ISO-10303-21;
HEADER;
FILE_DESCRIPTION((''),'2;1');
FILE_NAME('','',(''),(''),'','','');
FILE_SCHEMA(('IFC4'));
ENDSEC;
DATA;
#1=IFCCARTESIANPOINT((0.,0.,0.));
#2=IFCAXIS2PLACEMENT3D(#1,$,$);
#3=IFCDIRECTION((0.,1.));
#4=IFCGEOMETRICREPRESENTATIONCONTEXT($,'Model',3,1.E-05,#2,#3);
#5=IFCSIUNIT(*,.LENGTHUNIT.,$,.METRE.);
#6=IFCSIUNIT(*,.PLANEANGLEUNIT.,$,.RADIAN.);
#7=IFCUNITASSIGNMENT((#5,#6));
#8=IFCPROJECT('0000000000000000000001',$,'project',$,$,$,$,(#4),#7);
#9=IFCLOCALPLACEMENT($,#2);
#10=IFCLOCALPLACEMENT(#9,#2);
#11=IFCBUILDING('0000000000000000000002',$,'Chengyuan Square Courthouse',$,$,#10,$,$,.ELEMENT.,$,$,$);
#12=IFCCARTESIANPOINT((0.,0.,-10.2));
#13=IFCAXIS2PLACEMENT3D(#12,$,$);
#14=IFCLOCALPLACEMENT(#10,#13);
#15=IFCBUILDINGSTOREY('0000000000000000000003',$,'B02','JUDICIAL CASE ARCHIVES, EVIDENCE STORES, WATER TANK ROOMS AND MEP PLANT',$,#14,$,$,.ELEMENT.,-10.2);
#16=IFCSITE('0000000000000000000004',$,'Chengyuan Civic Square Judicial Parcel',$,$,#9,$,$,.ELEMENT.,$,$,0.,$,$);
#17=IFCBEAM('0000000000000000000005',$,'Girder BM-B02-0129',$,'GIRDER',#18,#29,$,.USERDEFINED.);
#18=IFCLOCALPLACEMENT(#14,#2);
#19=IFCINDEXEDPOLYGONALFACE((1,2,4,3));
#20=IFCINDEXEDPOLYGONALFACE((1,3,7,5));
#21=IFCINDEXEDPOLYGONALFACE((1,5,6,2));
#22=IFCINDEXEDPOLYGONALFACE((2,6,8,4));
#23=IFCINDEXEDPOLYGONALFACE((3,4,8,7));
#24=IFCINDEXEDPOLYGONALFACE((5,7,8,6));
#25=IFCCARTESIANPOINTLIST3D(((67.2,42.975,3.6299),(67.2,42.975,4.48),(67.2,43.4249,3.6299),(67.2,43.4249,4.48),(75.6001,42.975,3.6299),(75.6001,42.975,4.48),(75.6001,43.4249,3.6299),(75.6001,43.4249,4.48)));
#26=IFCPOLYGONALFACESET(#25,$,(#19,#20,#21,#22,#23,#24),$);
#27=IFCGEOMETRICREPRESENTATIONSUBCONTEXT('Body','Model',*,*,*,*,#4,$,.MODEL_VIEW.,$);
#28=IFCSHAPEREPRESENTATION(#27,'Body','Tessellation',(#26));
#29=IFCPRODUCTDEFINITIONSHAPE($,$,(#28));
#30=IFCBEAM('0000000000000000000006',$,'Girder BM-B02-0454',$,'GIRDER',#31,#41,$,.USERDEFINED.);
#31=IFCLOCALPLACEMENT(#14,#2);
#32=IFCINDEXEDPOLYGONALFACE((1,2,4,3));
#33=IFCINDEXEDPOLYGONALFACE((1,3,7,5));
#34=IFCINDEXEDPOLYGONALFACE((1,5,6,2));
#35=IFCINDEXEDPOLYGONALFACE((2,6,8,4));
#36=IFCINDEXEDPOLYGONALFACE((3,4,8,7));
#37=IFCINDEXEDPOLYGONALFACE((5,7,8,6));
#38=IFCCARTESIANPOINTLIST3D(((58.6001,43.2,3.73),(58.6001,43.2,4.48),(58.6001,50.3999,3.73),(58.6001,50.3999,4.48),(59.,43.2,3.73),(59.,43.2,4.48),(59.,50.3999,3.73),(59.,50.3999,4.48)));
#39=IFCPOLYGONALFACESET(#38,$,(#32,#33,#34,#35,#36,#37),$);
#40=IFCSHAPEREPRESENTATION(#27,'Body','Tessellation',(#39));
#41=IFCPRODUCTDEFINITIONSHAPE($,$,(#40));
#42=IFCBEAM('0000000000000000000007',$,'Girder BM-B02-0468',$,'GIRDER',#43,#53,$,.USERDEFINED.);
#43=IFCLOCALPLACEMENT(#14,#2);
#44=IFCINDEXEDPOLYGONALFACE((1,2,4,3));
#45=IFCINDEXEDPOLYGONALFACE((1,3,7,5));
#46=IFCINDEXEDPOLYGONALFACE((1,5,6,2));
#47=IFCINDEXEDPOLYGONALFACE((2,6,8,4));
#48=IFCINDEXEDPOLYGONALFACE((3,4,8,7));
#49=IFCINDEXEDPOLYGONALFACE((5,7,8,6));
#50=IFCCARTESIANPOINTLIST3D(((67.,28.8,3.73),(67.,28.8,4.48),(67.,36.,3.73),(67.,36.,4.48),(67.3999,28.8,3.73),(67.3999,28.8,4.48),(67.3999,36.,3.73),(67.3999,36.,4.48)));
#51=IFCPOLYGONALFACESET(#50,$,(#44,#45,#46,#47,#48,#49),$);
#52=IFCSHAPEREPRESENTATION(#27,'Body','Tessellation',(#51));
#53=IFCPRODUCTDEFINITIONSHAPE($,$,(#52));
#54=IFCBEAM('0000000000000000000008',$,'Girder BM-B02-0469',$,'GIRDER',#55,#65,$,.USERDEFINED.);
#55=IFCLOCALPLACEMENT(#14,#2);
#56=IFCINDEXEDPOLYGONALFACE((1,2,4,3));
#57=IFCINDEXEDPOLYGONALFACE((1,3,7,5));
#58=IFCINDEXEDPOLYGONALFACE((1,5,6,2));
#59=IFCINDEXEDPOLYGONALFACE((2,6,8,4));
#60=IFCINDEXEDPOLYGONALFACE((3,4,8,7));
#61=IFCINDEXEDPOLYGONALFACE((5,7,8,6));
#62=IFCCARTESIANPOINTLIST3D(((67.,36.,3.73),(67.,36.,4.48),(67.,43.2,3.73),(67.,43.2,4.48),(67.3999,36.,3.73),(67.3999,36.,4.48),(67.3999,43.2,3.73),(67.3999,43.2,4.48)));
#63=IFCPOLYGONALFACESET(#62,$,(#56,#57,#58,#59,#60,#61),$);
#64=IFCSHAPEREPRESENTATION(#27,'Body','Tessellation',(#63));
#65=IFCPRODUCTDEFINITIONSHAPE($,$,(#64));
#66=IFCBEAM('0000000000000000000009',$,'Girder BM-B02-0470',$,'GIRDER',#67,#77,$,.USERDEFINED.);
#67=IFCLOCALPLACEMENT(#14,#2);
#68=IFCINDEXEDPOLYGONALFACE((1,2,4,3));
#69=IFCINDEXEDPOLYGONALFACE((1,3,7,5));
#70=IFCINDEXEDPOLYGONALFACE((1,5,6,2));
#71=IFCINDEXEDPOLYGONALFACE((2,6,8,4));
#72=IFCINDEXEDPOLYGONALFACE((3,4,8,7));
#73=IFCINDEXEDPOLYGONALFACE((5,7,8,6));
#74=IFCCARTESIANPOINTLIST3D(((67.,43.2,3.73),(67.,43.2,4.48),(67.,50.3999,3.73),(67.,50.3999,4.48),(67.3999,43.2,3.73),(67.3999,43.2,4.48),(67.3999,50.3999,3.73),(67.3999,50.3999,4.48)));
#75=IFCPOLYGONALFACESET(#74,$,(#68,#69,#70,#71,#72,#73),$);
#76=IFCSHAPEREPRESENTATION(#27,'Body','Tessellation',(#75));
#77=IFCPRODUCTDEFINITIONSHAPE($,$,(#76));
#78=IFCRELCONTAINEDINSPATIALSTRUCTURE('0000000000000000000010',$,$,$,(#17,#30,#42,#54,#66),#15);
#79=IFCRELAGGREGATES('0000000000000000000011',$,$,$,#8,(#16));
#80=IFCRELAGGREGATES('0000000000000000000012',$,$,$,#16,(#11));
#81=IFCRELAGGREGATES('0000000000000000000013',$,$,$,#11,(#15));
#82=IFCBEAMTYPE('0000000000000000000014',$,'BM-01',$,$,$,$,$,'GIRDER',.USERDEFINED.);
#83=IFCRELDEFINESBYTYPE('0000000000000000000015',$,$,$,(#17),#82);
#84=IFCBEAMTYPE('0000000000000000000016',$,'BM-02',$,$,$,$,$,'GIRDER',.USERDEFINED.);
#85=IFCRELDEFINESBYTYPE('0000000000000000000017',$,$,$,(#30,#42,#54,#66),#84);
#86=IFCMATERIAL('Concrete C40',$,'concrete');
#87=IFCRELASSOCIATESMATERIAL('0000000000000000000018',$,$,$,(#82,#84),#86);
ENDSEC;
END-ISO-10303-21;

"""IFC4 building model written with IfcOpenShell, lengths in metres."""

from ifc_helpers import new_model, si_unit, direction, frame, origin, origin_2d, place, context, subcontext, project, spatial, rectangle, extrude, material, material_profile, profile_set, type_object, element, save


model = new_model("IFC4")

# Units and contexts
model_context = context("Model", 3, precision=1e-05, world=origin(), true_north=direction((0.0, 1.0)))
body_context = subcontext(model_context, "Body", "Model", "MODEL_VIEW")
ifc_project = project(units=[si_unit("LENGTHUNIT", "METRE"), si_unit("PLANEANGLEUNIT", "RADIAN")], contexts=[model_context])

# Site, building, storey
site_placement = place(None, origin())
site = spatial("IfcSite", under=ifc_project, at=site_placement, Name="Chengyuan Civic Square Judicial Parcel", CompositionType="ELEMENT", RefElevation=0.0)
building_placement = place(site_placement, origin())
building = spatial("IfcBuilding", under=site, at=building_placement, Name="Chengyuan Square Courthouse", CompositionType="ELEMENT")
storey_placement = place(building_placement, frame((0.0, 0.0, -10.2)))
storey = spatial("IfcBuildingStorey", under=building, at=storey_placement, Name="B02", Description="JUDICIAL CASE ARCHIVES, EVIDENCE STORES, WATER TANK ROOMS AND MEP PLANT", CompositionType="ELEMENT", Elevation=-10.2)

# Shared definitions
ifc_material_1 = material(Name="Concrete C40", Category="concrete")

# Beams
ifc_material_profile_1 = material_profile(ifc_material_1, rectangle(XDim=0.45, YDim=0.8501, at=origin_2d()), Name="RC-BM-450x850")
ifc_profile_set_1 = profile_set([ifc_material_profile_1], Name="Concrete C40")
beam_type_1 = type_object("IfcBeamType", Name="BM-01", ElementType="GIRDER", PredefinedType="USERDEFINED", material=ifc_profile_set_1)
beam_1_placement = place(storey_placement, frame((67.2, 43.2, 4.0549), z_axis=(1.0, 0.0, 0.0), x_axis=(0.0, 1.0, 0.0)))
element("IfcBeam", 1, at=beam_1_placement, inside=storey, type_object=beam_type_1, Name="Girder BM-B02-0129", ObjectType="GIRDER", PredefinedType="USERDEFINED", context=body_context, shape_type="SweptSolid", body=[
    extrude(rectangle(XDim=0.45, YDim=0.8501, at=origin_2d()), origin(), (0.0, 0.0, 1.0), 8.4001),
])
ifc_material_profile_2 = material_profile(ifc_material_1, rectangle(XDim=0.3999, YDim=0.75, at=origin_2d()), Name="RC-BM-400x750")
ifc_profile_set_2 = profile_set([ifc_material_profile_2], Name="Concrete C40")
beam_type_2 = type_object("IfcBeamType", Name="BM-02", ElementType="GIRDER", PredefinedType="USERDEFINED", material=ifc_profile_set_2)
for number, where, z_axis, x_axis, name in (
    (2, (58.8, 43.2, 4.105), (0.0, 1.0, 0.0), (-1.0, 0.0, 0.0), "Girder BM-B02-0454"),
    (3, (67.2, 28.8, 4.105), (0.0, 1.0, 0.0), (-1.0, 0.0, 0.0), "Girder BM-B02-0468"),
    (4, (67.2, 36.0, 4.105), (0.0, 1.0, 0.0), (-1.0, 0.0, 0.0), "Girder BM-B02-0469"),
    (5, (67.2, 43.2, 4.105), (0.0, 1.0, 0.0), (-1.0, 0.0, 0.0), "Girder BM-B02-0470"),
):
    element("IfcBeam", number, at=place(storey_placement, frame(where, z_axis=z_axis, x_axis=x_axis)), inside=storey, type_object=beam_type_2, Name=name, ObjectType="GIRDER", PredefinedType="USERDEFINED", context=body_context, shape_type="SweptSolid", body=[
        extrude(rectangle(XDim=0.3999, YDim=0.75, at=origin_2d()), origin(), (0.0, 0.0, 1.0), 7.2),
    ])

save(model, "model.ifc")
